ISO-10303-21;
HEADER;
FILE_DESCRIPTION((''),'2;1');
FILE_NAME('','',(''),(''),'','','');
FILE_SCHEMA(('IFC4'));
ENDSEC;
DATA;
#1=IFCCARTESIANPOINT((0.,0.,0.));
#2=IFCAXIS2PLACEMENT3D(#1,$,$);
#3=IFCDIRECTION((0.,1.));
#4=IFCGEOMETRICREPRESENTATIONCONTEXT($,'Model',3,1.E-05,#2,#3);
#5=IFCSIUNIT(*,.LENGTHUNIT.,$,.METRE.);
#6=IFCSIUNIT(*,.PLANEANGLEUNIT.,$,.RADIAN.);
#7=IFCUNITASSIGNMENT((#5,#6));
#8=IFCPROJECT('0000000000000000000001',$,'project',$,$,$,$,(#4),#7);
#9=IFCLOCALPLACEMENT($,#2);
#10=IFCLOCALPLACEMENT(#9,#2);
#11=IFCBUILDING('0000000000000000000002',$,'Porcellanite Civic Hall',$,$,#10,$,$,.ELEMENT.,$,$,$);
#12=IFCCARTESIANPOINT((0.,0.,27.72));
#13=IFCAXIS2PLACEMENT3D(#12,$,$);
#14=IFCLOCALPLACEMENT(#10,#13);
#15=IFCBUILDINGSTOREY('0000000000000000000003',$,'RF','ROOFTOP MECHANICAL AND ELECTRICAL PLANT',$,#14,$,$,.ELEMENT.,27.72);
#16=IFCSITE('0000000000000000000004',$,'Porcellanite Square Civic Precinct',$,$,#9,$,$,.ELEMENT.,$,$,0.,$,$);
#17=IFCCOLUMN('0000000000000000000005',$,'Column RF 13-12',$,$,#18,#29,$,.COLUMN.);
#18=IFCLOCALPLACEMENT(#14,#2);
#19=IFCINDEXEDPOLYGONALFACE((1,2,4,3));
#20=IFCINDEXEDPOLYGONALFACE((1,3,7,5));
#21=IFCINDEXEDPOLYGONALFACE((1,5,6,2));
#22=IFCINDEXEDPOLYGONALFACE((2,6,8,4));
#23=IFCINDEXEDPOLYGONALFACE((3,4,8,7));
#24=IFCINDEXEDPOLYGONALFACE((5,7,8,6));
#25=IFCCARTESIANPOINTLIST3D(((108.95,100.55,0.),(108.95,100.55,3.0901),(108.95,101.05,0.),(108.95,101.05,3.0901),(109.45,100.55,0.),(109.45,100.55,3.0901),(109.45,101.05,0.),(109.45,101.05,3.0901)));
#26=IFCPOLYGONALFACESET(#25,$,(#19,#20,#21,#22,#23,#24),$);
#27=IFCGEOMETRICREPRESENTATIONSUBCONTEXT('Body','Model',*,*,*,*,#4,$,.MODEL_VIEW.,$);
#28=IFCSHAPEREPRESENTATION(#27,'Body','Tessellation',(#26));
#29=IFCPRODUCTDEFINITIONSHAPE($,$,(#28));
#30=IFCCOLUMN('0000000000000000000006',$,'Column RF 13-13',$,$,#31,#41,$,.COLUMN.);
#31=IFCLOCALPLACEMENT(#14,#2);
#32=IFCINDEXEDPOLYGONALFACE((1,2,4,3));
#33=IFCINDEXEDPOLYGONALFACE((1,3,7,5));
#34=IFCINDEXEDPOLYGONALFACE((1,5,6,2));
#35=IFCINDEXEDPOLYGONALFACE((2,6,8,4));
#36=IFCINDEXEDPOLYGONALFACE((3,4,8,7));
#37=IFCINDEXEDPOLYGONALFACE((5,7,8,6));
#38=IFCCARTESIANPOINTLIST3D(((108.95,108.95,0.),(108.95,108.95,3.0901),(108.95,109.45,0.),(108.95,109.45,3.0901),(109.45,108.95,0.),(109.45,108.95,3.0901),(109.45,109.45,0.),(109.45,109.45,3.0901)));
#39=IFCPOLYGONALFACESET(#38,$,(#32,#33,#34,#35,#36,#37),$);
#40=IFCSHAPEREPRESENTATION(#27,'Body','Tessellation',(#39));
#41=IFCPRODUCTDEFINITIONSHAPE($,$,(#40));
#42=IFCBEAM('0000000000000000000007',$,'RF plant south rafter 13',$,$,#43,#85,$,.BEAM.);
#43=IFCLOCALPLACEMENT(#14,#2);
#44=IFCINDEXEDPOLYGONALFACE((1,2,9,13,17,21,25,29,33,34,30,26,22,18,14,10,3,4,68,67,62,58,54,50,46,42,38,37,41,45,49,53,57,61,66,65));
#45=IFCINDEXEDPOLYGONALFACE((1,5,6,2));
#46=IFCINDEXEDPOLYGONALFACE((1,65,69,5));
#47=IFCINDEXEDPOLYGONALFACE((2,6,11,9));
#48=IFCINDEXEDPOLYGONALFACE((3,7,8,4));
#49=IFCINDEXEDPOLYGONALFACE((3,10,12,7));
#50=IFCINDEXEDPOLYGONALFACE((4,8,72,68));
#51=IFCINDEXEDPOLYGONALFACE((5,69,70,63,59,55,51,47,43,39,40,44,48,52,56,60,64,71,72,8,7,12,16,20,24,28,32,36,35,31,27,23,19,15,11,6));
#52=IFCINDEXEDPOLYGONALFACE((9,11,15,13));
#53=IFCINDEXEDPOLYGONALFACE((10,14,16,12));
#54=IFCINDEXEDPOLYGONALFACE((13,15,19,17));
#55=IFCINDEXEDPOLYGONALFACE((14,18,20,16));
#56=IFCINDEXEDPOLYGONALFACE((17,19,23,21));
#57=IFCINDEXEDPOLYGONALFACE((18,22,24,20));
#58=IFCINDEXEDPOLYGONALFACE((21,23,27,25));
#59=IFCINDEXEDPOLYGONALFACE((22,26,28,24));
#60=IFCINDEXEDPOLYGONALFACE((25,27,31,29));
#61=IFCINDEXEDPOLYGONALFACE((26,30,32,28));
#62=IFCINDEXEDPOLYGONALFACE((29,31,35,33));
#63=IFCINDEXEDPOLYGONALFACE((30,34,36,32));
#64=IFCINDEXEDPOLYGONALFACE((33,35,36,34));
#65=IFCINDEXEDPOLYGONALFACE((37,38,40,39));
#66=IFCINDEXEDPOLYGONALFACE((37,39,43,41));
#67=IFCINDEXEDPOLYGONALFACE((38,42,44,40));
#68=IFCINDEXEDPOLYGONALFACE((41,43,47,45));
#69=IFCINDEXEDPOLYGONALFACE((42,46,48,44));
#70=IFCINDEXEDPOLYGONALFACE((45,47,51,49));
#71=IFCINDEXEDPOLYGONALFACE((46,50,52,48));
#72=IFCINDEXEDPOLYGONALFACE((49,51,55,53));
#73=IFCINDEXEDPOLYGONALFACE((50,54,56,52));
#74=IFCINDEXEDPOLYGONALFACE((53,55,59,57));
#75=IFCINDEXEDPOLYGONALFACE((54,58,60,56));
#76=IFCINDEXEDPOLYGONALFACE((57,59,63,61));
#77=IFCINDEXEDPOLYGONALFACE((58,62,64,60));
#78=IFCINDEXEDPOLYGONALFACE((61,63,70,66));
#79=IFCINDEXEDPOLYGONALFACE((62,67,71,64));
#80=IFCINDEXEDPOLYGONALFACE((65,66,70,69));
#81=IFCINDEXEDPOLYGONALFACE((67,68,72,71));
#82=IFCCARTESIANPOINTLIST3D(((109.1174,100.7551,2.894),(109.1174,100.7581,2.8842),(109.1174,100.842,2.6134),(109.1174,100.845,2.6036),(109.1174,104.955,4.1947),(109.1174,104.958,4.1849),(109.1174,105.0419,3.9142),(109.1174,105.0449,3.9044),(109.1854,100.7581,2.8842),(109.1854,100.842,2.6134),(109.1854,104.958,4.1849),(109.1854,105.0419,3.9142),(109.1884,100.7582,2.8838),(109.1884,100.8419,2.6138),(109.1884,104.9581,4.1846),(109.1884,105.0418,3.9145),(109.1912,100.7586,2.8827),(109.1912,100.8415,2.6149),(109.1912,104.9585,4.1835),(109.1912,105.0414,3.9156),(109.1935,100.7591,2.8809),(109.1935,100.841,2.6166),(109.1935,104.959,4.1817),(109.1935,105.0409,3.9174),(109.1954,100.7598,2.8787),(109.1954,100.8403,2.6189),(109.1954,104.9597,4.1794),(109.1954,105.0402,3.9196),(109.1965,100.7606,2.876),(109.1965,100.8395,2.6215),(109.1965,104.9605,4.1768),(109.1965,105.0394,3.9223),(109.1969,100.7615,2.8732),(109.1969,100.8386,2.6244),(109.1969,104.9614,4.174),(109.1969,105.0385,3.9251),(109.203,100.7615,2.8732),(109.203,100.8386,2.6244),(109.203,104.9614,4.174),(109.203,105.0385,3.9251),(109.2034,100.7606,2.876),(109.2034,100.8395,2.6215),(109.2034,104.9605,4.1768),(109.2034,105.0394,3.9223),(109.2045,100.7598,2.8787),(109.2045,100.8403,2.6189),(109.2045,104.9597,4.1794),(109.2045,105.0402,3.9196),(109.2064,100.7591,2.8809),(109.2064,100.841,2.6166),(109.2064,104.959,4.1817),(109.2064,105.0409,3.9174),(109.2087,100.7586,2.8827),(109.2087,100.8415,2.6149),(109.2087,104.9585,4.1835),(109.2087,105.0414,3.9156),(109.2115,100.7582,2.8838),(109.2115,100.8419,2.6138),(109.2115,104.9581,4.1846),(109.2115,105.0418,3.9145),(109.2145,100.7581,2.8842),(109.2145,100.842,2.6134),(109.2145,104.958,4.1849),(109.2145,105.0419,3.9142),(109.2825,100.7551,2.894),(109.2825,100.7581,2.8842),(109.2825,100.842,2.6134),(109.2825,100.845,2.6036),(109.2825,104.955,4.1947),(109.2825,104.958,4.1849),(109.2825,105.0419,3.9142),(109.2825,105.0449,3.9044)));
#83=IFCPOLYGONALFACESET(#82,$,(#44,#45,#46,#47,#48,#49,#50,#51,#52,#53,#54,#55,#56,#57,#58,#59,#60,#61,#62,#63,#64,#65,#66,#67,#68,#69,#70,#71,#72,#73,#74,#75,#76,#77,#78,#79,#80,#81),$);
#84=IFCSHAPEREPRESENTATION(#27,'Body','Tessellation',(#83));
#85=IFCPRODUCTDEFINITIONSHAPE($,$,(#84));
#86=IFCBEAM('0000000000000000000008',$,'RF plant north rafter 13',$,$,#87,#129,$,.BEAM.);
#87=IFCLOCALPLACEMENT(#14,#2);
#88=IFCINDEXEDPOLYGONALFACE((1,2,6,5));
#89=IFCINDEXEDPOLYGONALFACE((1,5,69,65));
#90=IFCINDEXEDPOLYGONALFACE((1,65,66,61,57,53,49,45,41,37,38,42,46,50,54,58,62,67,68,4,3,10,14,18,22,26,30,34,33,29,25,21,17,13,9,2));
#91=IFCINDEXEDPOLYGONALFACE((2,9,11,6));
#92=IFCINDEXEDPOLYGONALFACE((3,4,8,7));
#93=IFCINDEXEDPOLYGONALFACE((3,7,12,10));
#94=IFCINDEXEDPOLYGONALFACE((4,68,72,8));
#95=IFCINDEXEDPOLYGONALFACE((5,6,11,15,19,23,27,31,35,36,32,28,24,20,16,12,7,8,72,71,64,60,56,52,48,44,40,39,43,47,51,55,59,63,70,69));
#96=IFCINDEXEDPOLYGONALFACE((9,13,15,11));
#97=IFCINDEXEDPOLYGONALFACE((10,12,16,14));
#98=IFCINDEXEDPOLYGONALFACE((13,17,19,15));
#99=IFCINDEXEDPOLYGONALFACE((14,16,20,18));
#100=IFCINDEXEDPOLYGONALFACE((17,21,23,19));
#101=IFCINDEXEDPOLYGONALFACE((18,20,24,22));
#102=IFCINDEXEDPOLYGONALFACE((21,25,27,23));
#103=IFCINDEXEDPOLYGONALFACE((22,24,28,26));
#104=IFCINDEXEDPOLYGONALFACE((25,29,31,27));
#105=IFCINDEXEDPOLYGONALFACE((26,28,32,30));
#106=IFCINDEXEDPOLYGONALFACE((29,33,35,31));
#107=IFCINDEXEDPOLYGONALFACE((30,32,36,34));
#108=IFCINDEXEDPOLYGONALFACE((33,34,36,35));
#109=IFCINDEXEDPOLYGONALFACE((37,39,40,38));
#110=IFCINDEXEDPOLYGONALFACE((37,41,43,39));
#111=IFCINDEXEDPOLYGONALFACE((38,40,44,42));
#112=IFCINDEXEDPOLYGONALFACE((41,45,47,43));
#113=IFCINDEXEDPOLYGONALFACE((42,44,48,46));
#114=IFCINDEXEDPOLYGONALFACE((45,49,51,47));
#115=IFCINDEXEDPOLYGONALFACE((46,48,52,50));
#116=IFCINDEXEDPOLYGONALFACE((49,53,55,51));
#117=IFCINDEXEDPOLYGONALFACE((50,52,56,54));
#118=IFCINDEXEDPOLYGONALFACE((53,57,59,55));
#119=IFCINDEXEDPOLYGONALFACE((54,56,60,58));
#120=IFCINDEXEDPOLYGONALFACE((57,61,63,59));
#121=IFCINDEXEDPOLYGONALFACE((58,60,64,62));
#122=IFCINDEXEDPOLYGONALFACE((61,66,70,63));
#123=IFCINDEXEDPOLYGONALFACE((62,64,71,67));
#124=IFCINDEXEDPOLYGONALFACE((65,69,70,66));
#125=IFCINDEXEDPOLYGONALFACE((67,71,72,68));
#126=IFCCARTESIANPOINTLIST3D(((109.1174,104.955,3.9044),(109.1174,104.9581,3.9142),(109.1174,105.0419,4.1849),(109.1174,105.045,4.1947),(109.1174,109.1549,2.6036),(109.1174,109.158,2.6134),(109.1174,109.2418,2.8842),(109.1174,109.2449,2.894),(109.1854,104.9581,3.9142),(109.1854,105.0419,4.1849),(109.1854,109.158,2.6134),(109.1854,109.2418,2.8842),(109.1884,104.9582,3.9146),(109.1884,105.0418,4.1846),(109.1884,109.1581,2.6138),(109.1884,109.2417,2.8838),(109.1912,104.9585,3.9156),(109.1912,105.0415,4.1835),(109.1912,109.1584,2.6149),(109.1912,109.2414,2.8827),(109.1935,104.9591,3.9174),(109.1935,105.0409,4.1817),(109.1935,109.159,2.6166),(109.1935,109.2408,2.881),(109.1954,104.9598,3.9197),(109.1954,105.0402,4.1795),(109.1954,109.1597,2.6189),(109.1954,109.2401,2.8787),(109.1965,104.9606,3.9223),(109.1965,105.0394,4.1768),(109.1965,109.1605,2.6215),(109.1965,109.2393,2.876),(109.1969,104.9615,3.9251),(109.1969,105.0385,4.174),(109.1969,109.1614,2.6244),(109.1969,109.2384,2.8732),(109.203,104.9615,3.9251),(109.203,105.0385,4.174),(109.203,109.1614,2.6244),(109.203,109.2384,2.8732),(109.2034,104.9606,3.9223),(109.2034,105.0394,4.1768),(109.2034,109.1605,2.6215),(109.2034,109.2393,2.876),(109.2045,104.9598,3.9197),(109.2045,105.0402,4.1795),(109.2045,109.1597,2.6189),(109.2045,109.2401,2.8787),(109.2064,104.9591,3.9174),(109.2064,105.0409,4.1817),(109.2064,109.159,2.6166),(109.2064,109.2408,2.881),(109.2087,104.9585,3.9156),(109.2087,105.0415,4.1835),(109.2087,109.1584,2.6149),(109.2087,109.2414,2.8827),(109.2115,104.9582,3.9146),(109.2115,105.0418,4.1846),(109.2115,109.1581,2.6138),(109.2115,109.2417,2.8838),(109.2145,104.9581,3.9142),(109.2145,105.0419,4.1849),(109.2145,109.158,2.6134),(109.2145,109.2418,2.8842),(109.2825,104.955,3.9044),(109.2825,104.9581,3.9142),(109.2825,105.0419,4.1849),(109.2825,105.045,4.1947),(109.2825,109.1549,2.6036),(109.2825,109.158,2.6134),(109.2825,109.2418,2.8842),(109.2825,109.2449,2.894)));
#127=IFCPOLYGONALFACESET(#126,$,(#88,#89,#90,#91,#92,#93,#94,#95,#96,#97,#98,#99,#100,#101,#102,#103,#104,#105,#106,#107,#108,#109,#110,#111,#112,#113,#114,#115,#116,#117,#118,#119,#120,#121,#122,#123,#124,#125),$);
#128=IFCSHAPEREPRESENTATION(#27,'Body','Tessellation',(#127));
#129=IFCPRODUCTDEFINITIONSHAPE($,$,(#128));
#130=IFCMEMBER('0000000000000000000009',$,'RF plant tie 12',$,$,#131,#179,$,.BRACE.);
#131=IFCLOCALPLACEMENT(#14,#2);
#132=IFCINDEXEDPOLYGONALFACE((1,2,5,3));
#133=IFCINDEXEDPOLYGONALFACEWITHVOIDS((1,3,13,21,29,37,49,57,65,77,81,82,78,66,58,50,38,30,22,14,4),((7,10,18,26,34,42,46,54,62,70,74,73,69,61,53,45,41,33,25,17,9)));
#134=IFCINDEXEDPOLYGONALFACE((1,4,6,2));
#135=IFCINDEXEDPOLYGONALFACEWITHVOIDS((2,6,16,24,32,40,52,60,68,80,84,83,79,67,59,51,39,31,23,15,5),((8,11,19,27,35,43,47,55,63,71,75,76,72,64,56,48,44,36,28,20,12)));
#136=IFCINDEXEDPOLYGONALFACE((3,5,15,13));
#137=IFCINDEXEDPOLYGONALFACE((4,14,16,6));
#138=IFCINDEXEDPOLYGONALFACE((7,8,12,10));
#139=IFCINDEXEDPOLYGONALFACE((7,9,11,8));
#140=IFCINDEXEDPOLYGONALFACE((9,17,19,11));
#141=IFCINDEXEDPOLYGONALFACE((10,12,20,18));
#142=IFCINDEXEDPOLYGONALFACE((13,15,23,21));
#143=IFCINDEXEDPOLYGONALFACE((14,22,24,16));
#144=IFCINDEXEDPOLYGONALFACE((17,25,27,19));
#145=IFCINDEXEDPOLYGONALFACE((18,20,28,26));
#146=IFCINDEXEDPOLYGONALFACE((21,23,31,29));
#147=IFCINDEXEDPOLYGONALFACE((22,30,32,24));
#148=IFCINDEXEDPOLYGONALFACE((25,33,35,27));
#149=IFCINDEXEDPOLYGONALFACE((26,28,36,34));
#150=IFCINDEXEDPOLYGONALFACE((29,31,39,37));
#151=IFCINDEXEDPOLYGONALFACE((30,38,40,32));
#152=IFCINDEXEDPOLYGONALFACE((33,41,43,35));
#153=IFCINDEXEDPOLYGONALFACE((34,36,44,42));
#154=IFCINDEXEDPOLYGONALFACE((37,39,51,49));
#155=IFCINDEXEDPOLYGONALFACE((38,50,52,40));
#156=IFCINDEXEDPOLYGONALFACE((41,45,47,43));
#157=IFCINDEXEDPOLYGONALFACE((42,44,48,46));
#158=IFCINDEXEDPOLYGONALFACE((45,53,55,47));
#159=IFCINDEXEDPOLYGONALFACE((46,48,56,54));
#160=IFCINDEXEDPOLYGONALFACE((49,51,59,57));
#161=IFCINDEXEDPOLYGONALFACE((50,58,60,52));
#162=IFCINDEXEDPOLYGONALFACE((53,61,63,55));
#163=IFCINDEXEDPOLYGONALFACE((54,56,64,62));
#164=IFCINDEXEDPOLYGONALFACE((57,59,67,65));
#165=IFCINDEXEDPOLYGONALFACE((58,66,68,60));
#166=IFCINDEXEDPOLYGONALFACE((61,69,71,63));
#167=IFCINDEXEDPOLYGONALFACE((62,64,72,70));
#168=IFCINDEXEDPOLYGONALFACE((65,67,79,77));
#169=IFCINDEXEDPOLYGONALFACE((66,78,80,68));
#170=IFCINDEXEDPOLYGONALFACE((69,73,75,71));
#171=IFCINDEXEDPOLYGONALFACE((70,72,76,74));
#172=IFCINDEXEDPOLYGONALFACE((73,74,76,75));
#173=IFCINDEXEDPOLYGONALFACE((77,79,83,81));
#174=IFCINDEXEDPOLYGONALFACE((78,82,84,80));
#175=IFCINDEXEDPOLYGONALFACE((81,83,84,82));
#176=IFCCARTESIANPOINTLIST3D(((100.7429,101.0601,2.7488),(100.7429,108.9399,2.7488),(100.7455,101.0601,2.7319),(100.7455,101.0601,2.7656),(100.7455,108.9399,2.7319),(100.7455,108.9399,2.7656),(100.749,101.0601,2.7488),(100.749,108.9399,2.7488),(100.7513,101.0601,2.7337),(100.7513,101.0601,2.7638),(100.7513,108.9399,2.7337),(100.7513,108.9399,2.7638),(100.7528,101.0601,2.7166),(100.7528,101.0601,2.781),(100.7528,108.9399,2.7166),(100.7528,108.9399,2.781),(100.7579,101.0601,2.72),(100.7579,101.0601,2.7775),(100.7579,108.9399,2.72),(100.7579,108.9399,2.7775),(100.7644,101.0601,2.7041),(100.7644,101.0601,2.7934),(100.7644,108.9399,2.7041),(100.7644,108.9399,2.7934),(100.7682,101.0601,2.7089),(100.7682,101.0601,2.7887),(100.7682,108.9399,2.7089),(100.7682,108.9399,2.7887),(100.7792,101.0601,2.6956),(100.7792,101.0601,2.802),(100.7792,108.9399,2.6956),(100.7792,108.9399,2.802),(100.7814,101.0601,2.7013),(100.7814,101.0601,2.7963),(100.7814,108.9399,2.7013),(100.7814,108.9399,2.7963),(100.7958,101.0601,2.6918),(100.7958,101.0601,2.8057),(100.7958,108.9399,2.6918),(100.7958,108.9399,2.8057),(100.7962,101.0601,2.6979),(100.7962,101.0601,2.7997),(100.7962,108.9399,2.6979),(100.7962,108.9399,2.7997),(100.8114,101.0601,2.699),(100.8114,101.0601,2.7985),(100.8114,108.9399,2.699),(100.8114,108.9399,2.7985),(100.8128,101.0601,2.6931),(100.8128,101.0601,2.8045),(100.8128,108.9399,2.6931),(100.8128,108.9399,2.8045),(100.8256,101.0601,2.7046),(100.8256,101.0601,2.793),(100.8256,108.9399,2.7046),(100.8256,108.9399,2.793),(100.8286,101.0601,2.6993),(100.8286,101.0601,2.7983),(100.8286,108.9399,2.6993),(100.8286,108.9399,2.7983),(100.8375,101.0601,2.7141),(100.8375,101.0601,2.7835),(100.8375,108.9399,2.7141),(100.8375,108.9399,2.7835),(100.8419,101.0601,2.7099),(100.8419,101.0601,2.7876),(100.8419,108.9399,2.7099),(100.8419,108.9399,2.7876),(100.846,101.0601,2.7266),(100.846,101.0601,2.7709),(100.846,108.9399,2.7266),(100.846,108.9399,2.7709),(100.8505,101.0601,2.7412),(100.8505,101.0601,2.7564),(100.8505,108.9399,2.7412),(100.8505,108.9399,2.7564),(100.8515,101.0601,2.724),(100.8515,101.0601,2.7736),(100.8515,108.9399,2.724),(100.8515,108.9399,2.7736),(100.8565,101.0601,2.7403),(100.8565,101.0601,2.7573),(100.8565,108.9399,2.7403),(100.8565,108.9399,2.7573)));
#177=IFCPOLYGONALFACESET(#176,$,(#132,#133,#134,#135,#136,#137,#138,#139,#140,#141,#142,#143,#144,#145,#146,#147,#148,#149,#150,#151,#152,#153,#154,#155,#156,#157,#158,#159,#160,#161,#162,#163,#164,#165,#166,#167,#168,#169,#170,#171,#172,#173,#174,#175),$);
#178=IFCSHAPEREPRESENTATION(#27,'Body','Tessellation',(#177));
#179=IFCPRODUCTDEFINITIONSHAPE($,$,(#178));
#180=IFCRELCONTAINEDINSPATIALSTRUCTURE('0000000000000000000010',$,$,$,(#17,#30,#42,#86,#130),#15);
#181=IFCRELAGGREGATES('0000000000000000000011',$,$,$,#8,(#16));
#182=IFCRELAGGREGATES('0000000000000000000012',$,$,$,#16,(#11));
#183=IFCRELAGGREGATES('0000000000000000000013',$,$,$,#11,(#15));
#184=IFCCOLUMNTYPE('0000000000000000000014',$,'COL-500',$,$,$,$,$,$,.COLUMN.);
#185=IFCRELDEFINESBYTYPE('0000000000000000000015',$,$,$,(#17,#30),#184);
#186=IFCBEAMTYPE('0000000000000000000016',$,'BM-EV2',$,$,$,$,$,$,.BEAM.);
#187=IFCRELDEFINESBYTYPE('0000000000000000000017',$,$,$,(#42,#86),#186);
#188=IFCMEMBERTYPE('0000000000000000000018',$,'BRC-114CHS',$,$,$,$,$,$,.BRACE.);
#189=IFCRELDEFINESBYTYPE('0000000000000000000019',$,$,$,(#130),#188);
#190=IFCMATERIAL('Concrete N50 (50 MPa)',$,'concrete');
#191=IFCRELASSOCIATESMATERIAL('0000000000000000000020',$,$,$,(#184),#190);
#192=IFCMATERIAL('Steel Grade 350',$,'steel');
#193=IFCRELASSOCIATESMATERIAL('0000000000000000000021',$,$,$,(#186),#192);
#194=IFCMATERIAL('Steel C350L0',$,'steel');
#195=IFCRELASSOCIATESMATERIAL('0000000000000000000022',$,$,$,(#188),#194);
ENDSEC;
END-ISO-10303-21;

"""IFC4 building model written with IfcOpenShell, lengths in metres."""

from ifc_helpers import new_model, si_unit, direction, frame, origin, origin_2d, place, context, subcontext, project, spatial, rectangle, hollow_circle, i_section, extrude, material, material_profile, profile_set, type_object, element, save


model = new_model("IFC4")

# Units and contexts
model_context = context("Model", 3, precision=1e-05, world=origin(), true_north=direction((0.0, 1.0)))
body_context = subcontext(model_context, "Body", "Model", "MODEL_VIEW")
ifc_project = project(units=[si_unit("LENGTHUNIT", "METRE"), si_unit("PLANEANGLEUNIT", "RADIAN")], contexts=[model_context])

# Site, building, storey
site_placement = place(None, origin())
site = spatial("IfcSite", under=ifc_project, at=site_placement, Name="Porcellanite Square Civic Precinct", CompositionType="ELEMENT", RefElevation=0.0)
building_placement = place(site_placement, origin())
building = spatial("IfcBuilding", under=site, at=building_placement, Name="Porcellanite Civic Hall", CompositionType="ELEMENT")
storey_placement = place(building_placement, frame((0.0, 0.0, 27.72)))
storey = spatial("IfcBuildingStorey", under=building, at=storey_placement, Name="RF", Description="ROOFTOP MECHANICAL AND ELECTRICAL PLANT", CompositionType="ELEMENT", Elevation=27.72)

# Columns
ifc_material_1 = material(Name="Concrete N50 (50 MPa)", Category="concrete")
ifc_material_profile_1 = material_profile(ifc_material_1, rectangle(XDim=0.5, YDim=0.5, at=origin_2d()), Name="RC-500x500")
ifc_profile_set_1 = profile_set([ifc_material_profile_1], Name="Concrete N50 (50 MPa)")
column_type = type_object("IfcColumnType", Name="COL-500", PredefinedType="COLUMN", material=ifc_profile_set_1)
for number, where, z_axis, x_axis, name in (
    (1, (109.2, 100.8, 0.0), (0.0, 0.0, 1.0), (1.0, 0.0, 0.0), "Column RF 13-12"),
    (2, (109.2, 109.2, 0.0), (0.0, 0.0, 1.0), (1.0, 0.0, 0.0), "Column RF 13-13"),
):
    element("IfcColumn", number, at=place(storey_placement, frame(where, z_axis=z_axis, x_axis=x_axis)), inside=storey, type_object=column_type, Name=name, PredefinedType="COLUMN", context=body_context, shape_type="SweptSolid", body=[
        extrude(rectangle(XDim=0.5, YDim=0.5, at=origin_2d()), origin(), (0.0, 0.0, 1.0), 3.0901),
    ])

# Beams
ifc_material_2 = material(Name="Steel Grade 350", Category="steel")
ifc_material_profile_2 = material_profile(ifc_material_2, i_section(OverallWidth=0.165, OverallDepth=0.304, WebThickness=0.0061, FlangeThickness=0.0103, FilletRadius=0.0115, at=origin_2d()), Name="310UB40.4")
ifc_profile_set_2 = profile_set([ifc_material_profile_2], Name="Steel Grade 350")
beam_type_1 = type_object("IfcBeamType", Name="BM-EV2", PredefinedType="BEAM", material=ifc_profile_set_2)
for number, where, z_axis, x_axis, name in (
    (3, (109.2, 100.8, 2.7488), (0.0, 0.955235, 0.295849), (-1.0, 0.0, 0.0), "RF plant south rafter 13"),
    (4, (109.2, 105.0, 4.0496), (0.0, 0.955235, -0.295849), (-1.0, 0.0, 0.0), "RF plant north rafter 13"),
):
    element("IfcBeam", number, at=place(storey_placement, frame(where, z_axis=z_axis, x_axis=x_axis)), inside=storey, type_object=beam_type_1, Name=name, PredefinedType="BEAM", context=body_context, shape_type="SweptSolid", body=[
        extrude(i_section(OverallWidth=0.165, OverallDepth=0.304, WebThickness=0.0061, FlangeThickness=0.0103, FilletRadius=0.0115, at=origin_2d()), origin(), (0.0, 0.0, 1.0), 4.3967),
    ])

# Member
ifc_material_3 = material(Name="Steel C350L0", Category="steel")
ifc_material_profile_3 = material_profile(ifc_material_3, hollow_circle(Radius=0.0571, WallThickness=0.0061, at=origin_2d()), Name="114.3x6.0CHS")
ifc_profile_set_3 = profile_set([ifc_material_profile_3], Name="Steel C350L0")
member_type = type_object("IfcMemberType", Name="BRC-114CHS", PredefinedType="BRACE", material=ifc_profile_set_3)
for number, where, z_axis, x_axis, name in (
    (5, (100.8, 101.0601, 2.7488), (0.0, 1.0, 0.0), (-1.0, 0.0, 0.0), "RF plant tie 12"),
):
    element("IfcMember", number, at=place(storey_placement, frame(where, z_axis=z_axis, x_axis=x_axis)), inside=storey, type_object=member_type, Name=name, PredefinedType="BRACE", context=body_context, shape_type="SweptSolid", body=[
        extrude(hollow_circle(Radius=0.0571, WallThickness=0.0061, at=origin_2d()), origin(), (0.0, 0.0, 1.0), 7.8799),
    ])

save(model, "model.ifc")
